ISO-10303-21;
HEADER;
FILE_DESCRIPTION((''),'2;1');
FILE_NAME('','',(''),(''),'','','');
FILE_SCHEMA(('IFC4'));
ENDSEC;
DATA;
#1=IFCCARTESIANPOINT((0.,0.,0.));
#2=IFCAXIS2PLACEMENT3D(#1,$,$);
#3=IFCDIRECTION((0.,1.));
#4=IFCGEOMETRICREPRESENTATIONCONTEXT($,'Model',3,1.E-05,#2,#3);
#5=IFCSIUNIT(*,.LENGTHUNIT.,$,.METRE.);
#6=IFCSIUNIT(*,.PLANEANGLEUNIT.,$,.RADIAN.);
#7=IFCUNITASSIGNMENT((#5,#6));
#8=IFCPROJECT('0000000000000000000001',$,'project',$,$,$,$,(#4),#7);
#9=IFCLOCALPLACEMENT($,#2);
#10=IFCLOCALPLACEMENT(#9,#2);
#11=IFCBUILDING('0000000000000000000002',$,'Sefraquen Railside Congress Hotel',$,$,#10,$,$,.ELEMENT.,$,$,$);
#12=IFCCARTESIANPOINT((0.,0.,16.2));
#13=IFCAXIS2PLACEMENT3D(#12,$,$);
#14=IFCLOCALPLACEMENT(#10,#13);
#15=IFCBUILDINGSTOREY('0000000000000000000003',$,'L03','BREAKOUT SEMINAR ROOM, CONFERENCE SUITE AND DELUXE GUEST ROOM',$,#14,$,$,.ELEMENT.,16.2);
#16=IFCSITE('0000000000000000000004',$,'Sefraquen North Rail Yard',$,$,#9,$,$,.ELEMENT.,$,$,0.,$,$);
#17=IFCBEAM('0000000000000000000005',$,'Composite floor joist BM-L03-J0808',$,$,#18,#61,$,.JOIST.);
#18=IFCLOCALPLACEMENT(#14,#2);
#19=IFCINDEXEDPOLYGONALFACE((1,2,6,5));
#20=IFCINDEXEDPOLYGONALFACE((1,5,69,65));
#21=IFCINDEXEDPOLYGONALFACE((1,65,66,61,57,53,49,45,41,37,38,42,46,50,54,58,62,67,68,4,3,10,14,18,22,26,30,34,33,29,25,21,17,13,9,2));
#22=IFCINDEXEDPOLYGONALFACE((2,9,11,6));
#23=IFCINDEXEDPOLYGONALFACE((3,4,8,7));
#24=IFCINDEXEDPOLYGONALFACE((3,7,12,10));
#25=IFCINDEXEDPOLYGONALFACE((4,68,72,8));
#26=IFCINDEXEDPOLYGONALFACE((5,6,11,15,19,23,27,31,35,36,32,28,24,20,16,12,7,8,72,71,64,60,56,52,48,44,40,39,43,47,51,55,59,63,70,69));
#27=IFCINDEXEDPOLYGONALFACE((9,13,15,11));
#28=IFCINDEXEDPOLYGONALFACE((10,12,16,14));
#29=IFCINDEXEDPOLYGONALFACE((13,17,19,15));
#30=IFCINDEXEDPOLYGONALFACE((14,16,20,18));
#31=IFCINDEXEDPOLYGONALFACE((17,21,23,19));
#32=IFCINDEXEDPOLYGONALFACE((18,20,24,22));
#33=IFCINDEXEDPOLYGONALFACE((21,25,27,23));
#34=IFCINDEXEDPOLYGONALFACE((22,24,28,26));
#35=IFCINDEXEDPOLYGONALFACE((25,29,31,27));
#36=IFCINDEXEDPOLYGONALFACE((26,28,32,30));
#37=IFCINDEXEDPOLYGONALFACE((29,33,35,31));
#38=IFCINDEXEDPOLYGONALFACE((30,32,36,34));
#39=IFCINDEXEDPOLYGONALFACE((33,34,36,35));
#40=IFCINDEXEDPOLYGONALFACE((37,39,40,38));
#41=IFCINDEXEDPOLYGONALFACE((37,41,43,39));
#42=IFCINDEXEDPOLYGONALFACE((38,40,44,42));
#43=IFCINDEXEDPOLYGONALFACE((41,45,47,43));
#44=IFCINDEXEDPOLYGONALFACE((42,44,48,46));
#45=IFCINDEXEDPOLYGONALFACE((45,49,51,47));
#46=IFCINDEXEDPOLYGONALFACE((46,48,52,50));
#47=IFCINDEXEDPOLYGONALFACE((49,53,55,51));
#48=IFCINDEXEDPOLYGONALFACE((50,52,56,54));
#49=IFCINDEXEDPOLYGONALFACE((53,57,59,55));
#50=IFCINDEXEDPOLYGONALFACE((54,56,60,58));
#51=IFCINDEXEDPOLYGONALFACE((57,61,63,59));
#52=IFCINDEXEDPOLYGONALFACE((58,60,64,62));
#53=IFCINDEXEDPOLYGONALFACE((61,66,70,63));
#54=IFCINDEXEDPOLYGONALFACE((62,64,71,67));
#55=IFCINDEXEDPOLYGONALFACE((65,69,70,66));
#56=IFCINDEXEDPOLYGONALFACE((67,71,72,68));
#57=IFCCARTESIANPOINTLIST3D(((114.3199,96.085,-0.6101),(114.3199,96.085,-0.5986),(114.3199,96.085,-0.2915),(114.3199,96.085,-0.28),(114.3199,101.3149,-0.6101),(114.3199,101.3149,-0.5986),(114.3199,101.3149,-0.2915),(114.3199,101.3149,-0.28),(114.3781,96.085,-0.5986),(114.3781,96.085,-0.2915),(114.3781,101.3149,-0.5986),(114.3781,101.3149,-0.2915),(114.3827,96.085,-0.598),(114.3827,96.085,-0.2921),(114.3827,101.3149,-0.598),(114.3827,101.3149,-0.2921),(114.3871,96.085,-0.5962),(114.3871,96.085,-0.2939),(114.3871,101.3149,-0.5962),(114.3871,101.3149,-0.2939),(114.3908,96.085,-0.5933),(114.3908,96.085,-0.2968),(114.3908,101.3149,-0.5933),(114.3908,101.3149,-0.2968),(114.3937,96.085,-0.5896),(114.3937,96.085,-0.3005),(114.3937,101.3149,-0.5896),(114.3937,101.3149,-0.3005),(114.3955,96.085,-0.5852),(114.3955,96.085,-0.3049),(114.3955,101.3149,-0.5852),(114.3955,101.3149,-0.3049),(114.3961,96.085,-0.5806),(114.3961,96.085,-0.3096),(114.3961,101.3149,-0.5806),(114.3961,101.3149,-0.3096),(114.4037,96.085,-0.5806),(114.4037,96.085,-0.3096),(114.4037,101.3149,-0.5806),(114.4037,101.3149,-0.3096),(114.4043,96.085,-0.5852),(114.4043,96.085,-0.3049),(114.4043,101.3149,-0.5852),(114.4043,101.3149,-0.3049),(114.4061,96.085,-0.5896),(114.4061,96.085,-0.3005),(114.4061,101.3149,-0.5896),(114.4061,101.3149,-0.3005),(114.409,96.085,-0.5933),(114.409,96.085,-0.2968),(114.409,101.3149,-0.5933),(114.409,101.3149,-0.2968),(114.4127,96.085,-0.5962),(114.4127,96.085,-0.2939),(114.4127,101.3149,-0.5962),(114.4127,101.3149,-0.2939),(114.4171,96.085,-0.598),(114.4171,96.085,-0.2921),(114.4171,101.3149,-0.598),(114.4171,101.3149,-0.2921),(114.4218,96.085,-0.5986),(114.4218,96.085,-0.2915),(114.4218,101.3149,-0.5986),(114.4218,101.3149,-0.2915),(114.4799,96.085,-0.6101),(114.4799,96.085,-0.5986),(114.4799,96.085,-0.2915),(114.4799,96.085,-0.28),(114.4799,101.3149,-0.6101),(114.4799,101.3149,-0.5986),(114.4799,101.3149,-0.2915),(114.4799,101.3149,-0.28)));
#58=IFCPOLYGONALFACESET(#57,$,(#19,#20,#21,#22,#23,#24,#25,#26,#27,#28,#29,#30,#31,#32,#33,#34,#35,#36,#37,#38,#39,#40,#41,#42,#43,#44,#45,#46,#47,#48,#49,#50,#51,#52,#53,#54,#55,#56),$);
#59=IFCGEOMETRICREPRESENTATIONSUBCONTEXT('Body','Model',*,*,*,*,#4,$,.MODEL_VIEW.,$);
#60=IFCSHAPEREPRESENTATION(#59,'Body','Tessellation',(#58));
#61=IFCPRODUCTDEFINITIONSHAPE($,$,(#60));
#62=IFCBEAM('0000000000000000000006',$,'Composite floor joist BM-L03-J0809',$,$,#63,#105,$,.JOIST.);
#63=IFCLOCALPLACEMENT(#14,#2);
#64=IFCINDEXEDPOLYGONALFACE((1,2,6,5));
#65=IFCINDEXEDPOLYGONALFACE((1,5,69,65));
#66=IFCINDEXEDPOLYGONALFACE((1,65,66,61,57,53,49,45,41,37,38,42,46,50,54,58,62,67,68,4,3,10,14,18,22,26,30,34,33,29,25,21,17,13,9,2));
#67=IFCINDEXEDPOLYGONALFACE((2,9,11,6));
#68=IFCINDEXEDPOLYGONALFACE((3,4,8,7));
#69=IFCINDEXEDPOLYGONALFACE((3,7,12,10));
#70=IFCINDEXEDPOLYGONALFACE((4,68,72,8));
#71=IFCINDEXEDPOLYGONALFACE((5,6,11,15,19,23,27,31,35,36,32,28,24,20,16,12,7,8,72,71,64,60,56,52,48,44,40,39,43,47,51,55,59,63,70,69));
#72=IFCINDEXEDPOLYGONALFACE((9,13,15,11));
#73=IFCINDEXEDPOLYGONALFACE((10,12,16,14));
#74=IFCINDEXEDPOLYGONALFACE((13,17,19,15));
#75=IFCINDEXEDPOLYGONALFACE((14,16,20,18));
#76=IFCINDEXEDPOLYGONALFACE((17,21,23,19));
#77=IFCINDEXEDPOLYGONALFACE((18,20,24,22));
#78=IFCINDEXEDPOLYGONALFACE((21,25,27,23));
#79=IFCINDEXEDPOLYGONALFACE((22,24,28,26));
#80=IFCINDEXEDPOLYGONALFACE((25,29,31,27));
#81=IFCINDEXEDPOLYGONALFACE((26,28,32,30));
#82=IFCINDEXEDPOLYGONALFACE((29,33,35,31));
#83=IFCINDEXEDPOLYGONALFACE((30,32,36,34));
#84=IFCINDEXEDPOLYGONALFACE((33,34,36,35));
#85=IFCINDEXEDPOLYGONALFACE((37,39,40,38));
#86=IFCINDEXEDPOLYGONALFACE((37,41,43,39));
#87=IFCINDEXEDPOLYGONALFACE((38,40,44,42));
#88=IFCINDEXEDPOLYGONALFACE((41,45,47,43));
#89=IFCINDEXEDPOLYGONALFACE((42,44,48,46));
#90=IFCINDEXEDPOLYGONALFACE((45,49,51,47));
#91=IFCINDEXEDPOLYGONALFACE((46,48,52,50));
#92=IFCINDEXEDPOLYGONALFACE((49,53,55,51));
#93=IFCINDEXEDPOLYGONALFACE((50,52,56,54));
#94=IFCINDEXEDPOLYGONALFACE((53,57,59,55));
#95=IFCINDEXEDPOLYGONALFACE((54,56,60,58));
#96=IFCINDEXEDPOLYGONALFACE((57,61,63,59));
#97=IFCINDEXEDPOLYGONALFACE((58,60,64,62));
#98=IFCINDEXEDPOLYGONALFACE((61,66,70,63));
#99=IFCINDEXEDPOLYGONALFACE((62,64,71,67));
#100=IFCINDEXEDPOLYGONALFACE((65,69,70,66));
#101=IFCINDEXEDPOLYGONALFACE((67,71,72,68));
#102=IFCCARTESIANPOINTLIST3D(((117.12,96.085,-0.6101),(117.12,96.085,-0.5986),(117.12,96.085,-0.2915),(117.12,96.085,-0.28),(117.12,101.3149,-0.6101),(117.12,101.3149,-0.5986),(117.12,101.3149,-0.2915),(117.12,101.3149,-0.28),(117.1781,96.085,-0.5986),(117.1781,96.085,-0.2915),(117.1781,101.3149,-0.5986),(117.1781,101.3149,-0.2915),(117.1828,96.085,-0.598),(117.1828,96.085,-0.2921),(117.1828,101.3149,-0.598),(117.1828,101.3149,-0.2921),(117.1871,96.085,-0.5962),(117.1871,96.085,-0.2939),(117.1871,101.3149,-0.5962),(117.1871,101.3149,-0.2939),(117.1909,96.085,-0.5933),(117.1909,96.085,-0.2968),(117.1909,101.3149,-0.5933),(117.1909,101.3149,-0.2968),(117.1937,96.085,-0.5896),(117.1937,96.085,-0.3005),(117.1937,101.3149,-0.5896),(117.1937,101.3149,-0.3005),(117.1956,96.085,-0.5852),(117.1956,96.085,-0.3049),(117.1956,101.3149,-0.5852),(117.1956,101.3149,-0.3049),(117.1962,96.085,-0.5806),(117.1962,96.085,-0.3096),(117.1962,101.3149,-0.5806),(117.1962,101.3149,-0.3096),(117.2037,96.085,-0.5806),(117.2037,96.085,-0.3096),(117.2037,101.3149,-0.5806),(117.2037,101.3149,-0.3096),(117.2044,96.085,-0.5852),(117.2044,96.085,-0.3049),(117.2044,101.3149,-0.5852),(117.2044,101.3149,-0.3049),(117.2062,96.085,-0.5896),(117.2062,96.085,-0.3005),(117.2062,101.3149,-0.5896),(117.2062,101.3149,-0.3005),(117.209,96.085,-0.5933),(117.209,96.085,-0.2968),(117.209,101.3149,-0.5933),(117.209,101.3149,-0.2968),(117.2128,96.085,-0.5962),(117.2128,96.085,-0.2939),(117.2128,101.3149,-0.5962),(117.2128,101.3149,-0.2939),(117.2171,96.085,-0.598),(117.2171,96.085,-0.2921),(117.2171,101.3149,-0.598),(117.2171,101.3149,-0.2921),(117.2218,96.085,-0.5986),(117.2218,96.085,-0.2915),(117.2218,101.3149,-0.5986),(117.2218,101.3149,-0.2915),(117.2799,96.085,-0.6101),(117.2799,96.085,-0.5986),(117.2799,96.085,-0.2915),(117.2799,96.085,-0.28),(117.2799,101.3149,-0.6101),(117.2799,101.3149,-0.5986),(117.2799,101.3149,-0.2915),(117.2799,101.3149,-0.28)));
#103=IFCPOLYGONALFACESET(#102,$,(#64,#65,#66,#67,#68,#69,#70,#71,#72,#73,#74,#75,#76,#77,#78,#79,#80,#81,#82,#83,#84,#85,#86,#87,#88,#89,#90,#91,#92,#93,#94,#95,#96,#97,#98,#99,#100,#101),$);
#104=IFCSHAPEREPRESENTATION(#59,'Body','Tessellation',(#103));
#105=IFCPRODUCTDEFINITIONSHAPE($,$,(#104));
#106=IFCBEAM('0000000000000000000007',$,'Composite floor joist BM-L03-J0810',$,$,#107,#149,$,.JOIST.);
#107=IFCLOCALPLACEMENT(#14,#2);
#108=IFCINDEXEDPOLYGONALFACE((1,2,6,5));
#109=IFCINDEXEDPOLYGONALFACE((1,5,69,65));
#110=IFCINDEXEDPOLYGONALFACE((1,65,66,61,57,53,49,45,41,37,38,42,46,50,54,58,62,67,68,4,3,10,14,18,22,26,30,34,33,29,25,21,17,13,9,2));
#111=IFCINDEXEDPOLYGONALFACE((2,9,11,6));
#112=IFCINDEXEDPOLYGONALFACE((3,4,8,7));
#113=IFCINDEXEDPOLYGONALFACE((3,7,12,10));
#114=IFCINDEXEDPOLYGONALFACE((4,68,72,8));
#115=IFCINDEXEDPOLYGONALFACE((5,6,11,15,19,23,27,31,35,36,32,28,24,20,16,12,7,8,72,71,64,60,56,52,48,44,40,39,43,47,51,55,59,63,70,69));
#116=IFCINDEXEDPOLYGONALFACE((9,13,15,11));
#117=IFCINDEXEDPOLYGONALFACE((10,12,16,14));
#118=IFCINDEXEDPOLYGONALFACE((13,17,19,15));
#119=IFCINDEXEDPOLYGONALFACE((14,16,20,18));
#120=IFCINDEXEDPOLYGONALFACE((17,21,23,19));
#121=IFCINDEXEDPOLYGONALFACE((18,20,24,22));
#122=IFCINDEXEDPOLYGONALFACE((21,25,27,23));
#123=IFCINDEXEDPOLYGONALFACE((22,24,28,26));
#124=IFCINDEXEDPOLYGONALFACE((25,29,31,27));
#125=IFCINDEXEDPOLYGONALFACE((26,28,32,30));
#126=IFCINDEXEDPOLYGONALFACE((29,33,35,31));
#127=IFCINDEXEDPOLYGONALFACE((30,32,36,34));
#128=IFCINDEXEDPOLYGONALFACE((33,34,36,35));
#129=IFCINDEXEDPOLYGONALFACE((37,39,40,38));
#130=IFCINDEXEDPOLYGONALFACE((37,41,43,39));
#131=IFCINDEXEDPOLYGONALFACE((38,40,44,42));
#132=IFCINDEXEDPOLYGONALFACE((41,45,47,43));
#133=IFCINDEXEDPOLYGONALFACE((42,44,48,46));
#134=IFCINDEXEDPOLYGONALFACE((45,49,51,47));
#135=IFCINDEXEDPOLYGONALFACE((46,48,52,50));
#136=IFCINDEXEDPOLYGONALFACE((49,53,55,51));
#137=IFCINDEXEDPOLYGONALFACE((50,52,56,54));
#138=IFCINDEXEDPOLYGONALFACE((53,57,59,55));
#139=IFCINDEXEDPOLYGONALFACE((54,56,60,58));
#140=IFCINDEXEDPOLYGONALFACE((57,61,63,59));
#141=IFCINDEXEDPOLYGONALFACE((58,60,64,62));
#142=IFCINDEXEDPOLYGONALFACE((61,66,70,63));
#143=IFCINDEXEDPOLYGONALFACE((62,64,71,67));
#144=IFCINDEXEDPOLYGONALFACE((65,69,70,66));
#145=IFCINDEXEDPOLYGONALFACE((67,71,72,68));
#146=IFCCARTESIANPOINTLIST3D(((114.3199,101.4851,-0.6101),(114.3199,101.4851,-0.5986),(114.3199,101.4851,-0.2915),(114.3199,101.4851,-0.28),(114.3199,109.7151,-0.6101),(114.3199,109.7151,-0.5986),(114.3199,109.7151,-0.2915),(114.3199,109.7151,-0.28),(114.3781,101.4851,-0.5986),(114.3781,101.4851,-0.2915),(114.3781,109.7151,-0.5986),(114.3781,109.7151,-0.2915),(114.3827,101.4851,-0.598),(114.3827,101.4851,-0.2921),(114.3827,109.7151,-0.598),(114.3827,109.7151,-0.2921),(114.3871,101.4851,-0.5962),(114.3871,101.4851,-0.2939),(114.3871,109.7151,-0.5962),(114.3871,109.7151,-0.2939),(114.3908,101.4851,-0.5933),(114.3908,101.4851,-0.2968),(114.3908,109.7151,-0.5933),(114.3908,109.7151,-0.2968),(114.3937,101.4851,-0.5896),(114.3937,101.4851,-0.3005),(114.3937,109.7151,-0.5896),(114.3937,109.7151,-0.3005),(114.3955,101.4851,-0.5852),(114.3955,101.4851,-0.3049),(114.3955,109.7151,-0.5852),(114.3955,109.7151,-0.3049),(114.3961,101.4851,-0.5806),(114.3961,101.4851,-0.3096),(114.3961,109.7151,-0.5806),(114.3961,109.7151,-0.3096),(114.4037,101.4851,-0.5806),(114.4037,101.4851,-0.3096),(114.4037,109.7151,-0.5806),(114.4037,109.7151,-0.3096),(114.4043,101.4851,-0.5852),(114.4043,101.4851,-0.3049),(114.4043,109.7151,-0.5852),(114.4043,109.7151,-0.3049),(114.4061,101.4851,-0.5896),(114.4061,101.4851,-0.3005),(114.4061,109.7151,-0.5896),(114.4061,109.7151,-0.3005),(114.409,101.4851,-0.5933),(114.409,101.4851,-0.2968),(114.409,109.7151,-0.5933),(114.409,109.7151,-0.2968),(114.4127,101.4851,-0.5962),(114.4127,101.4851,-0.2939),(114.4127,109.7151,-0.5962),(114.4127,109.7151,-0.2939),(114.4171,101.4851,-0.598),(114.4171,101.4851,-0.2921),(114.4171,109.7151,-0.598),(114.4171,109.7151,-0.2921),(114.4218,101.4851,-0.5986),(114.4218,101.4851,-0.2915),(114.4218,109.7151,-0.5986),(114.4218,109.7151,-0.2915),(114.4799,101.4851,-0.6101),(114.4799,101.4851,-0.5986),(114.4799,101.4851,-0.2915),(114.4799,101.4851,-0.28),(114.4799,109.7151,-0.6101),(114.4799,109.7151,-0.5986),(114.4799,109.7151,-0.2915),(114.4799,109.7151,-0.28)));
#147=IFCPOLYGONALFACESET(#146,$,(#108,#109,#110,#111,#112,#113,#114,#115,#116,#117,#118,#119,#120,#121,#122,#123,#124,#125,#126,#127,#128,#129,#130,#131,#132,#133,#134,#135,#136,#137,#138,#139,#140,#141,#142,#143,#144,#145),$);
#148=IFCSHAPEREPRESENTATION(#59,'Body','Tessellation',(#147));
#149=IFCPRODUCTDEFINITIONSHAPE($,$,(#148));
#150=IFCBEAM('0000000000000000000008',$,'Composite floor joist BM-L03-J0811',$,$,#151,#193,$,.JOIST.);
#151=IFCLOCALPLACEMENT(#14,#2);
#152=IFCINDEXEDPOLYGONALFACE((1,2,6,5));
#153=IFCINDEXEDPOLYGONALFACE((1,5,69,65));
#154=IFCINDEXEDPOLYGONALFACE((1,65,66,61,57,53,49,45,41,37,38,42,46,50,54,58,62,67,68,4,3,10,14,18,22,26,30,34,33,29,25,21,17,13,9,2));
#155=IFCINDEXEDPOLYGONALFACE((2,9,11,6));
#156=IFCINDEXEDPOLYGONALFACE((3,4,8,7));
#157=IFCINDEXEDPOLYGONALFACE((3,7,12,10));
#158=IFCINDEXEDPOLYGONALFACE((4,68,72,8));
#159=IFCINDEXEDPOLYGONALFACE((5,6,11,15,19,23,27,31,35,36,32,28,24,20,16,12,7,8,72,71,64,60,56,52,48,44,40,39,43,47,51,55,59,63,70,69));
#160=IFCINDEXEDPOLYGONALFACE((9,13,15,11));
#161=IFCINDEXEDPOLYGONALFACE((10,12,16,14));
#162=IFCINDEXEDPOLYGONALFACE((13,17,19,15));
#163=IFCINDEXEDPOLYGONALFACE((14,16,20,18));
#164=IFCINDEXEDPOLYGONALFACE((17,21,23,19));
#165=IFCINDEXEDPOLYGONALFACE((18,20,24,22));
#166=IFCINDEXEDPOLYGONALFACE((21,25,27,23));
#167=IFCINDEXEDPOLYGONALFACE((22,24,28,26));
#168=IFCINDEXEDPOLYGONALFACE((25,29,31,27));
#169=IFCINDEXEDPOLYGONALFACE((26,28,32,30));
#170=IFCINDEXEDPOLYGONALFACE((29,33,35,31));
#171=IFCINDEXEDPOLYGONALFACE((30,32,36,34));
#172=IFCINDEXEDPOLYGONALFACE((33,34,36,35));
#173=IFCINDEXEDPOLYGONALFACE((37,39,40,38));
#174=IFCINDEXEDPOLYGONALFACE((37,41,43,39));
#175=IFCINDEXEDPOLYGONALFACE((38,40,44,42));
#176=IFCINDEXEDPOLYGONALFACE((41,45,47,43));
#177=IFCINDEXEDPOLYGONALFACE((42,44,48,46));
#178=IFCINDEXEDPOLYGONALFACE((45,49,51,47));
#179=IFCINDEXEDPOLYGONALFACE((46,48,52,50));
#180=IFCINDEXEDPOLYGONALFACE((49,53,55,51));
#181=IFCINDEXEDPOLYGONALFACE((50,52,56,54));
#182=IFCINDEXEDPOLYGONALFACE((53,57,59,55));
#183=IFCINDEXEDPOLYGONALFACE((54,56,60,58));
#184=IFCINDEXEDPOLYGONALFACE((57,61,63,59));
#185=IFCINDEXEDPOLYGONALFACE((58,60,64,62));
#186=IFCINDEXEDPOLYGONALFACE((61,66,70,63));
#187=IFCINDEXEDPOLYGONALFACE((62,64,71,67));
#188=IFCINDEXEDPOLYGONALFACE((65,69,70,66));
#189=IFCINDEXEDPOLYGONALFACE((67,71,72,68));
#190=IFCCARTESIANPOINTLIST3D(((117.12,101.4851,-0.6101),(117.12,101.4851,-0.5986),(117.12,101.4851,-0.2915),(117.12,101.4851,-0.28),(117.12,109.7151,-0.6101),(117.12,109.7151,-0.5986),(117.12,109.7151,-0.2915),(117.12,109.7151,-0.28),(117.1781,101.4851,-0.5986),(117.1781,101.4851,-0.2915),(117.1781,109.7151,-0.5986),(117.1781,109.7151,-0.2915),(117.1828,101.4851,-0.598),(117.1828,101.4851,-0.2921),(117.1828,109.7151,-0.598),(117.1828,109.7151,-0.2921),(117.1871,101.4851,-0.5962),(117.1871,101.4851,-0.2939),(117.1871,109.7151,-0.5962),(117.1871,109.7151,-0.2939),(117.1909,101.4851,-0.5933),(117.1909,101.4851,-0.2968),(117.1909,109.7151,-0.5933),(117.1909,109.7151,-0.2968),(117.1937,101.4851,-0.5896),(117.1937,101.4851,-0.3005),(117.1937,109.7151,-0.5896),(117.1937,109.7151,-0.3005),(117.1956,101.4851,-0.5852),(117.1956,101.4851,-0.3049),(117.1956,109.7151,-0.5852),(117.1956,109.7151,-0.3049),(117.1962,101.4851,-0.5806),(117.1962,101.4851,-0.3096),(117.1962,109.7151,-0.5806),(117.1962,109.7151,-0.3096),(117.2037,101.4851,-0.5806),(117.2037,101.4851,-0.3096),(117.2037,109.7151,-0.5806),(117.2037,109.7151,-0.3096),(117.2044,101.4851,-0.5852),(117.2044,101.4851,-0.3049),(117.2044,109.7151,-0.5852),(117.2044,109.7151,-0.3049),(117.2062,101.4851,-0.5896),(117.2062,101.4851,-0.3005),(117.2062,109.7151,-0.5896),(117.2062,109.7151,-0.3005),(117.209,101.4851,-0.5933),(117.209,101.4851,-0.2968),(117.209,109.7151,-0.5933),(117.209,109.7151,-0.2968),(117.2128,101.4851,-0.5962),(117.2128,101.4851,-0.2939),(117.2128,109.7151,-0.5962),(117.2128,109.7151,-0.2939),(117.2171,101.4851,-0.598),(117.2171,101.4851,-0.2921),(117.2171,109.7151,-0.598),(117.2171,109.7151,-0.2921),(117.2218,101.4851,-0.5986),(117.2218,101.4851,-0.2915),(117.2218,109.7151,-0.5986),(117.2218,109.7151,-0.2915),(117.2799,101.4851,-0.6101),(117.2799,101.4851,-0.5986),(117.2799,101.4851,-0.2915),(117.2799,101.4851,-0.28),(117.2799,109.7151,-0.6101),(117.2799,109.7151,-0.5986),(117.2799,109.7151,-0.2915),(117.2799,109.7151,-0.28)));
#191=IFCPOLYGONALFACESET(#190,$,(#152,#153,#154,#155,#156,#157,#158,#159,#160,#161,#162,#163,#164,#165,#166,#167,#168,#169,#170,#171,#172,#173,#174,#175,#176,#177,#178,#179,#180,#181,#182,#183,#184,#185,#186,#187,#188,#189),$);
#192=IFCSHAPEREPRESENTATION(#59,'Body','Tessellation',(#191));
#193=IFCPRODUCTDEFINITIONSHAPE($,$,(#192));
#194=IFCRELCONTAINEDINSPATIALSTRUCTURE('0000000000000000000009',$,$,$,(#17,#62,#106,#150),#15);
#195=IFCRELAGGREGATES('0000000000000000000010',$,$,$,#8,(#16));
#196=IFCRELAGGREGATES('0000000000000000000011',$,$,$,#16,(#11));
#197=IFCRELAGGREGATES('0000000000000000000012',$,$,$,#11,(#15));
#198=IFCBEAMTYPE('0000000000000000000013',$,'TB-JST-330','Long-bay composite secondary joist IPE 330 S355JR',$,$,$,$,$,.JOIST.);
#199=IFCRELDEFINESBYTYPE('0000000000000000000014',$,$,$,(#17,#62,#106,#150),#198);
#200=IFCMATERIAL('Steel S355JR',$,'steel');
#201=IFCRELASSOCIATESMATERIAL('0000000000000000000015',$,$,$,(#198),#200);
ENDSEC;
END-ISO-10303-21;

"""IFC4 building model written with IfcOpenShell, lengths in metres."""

from ifc_helpers import new_model, si_unit, direction, frame, origin, origin_2d, place, context, subcontext, project, spatial, i_section, extrude, material, material_profile, profile_set, type_object, element, save


model = new_model("IFC4")

# Units and contexts
model_context = context("Model", 3, precision=1e-05, world=origin(), true_north=direction((0.0, 1.0)))
body_context = subcontext(model_context, "Body", "Model", "MODEL_VIEW")
ifc_project = project(units=[si_unit("LENGTHUNIT", "METRE"), si_unit("PLANEANGLEUNIT", "RADIAN")], contexts=[model_context])

# Site, building, storey
site_placement = place(None, origin())
site = spatial("IfcSite", under=ifc_project, at=site_placement, Name="Sefraquen North Rail Yard", CompositionType="ELEMENT", RefElevation=0.0)
building_placement = place(site_placement, origin())
building = spatial("IfcBuilding", under=site, at=building_placement, Name="Sefraquen Railside Congress Hotel", CompositionType="ELEMENT")
storey_placement = place(building_placement, frame((0.0, 0.0, 16.2)))
storey = spatial("IfcBuildingStorey", under=building, at=storey_placement, Name="L03", Description="BREAKOUT SEMINAR ROOM, CONFERENCE SUITE AND DELUXE GUEST ROOM", CompositionType="ELEMENT", Elevation=16.2)

# Shared definitions
ifc_material_1 = material(Name="Steel S355JR", Category="steel")

# Beams
ifc_material_profile_1 = material_profile(ifc_material_1, i_section(OverallWidth=0.1599, OverallDepth=0.3301, WebThickness=0.0076, FlangeThickness=0.0115, FilletRadius=0.0181, at=origin_2d()), Name="IPE 330")
ifc_profile_set_1 = profile_set([ifc_material_profile_1], Name="Steel S355JR")
beam_type_1 = type_object("IfcBeamType", Name="TB-JST-330", Description="Long-bay composite secondary joist IPE 330 S355JR", PredefinedType="JOIST", material=ifc_profile_set_1)
for number, where, z_axis, x_axis, name in (
    (1, (114.3999, 96.085, -0.4451), (0.0, 1.0, 0.0), (-1.0, 0.0, 0.0), "Composite floor joist BM-L03-J0808"),
    (2, (117.2, 96.085, -0.4451), (0.0, 1.0, 0.0), (-1.0, 0.0, 0.0), "Composite floor joist BM-L03-J0809"),
):
    element("IfcBeam", number, at=place(storey_placement, frame(where, z_axis=z_axis, x_axis=x_axis)), inside=storey, type_object=beam_type_1, Name=name, PredefinedType="JOIST", context=body_context, shape_type="SweptSolid", body=[
        extrude(i_section(OverallWidth=0.1599, OverallDepth=0.3301, WebThickness=0.0076, FlangeThickness=0.0115, FilletRadius=0.0181, at=origin_2d()), origin(), (0.0, 0.0, 1.0), 5.23),
    ])
for number, where, z_axis, x_axis, name in (
    (3, (114.3999, 101.4851, -0.4451), (0.0, 1.0, 0.0), (-1.0, 0.0, 0.0), "Composite floor joist BM-L03-J0810"),
    (4, (117.2, 101.4851, -0.4451), (0.0, 1.0, 0.0), (-1.0, 0.0, 0.0), "Composite floor joist BM-L03-J0811"),
):
    element("IfcBeam", number, at=place(storey_placement, frame(where, z_axis=z_axis, x_axis=x_axis)), inside=storey, type_object=beam_type_1, Name=name, PredefinedType="JOIST", context=body_context, shape_type="SweptSolid", body=[
        extrude(i_section(OverallWidth=0.1599, OverallDepth=0.3301, WebThickness=0.0076, FlangeThickness=0.0115, FilletRadius=0.0181, at=origin_2d()), origin(), (0.0, 0.0, 1.0), 8.23),
    ])

save(model, "model.ifc")
